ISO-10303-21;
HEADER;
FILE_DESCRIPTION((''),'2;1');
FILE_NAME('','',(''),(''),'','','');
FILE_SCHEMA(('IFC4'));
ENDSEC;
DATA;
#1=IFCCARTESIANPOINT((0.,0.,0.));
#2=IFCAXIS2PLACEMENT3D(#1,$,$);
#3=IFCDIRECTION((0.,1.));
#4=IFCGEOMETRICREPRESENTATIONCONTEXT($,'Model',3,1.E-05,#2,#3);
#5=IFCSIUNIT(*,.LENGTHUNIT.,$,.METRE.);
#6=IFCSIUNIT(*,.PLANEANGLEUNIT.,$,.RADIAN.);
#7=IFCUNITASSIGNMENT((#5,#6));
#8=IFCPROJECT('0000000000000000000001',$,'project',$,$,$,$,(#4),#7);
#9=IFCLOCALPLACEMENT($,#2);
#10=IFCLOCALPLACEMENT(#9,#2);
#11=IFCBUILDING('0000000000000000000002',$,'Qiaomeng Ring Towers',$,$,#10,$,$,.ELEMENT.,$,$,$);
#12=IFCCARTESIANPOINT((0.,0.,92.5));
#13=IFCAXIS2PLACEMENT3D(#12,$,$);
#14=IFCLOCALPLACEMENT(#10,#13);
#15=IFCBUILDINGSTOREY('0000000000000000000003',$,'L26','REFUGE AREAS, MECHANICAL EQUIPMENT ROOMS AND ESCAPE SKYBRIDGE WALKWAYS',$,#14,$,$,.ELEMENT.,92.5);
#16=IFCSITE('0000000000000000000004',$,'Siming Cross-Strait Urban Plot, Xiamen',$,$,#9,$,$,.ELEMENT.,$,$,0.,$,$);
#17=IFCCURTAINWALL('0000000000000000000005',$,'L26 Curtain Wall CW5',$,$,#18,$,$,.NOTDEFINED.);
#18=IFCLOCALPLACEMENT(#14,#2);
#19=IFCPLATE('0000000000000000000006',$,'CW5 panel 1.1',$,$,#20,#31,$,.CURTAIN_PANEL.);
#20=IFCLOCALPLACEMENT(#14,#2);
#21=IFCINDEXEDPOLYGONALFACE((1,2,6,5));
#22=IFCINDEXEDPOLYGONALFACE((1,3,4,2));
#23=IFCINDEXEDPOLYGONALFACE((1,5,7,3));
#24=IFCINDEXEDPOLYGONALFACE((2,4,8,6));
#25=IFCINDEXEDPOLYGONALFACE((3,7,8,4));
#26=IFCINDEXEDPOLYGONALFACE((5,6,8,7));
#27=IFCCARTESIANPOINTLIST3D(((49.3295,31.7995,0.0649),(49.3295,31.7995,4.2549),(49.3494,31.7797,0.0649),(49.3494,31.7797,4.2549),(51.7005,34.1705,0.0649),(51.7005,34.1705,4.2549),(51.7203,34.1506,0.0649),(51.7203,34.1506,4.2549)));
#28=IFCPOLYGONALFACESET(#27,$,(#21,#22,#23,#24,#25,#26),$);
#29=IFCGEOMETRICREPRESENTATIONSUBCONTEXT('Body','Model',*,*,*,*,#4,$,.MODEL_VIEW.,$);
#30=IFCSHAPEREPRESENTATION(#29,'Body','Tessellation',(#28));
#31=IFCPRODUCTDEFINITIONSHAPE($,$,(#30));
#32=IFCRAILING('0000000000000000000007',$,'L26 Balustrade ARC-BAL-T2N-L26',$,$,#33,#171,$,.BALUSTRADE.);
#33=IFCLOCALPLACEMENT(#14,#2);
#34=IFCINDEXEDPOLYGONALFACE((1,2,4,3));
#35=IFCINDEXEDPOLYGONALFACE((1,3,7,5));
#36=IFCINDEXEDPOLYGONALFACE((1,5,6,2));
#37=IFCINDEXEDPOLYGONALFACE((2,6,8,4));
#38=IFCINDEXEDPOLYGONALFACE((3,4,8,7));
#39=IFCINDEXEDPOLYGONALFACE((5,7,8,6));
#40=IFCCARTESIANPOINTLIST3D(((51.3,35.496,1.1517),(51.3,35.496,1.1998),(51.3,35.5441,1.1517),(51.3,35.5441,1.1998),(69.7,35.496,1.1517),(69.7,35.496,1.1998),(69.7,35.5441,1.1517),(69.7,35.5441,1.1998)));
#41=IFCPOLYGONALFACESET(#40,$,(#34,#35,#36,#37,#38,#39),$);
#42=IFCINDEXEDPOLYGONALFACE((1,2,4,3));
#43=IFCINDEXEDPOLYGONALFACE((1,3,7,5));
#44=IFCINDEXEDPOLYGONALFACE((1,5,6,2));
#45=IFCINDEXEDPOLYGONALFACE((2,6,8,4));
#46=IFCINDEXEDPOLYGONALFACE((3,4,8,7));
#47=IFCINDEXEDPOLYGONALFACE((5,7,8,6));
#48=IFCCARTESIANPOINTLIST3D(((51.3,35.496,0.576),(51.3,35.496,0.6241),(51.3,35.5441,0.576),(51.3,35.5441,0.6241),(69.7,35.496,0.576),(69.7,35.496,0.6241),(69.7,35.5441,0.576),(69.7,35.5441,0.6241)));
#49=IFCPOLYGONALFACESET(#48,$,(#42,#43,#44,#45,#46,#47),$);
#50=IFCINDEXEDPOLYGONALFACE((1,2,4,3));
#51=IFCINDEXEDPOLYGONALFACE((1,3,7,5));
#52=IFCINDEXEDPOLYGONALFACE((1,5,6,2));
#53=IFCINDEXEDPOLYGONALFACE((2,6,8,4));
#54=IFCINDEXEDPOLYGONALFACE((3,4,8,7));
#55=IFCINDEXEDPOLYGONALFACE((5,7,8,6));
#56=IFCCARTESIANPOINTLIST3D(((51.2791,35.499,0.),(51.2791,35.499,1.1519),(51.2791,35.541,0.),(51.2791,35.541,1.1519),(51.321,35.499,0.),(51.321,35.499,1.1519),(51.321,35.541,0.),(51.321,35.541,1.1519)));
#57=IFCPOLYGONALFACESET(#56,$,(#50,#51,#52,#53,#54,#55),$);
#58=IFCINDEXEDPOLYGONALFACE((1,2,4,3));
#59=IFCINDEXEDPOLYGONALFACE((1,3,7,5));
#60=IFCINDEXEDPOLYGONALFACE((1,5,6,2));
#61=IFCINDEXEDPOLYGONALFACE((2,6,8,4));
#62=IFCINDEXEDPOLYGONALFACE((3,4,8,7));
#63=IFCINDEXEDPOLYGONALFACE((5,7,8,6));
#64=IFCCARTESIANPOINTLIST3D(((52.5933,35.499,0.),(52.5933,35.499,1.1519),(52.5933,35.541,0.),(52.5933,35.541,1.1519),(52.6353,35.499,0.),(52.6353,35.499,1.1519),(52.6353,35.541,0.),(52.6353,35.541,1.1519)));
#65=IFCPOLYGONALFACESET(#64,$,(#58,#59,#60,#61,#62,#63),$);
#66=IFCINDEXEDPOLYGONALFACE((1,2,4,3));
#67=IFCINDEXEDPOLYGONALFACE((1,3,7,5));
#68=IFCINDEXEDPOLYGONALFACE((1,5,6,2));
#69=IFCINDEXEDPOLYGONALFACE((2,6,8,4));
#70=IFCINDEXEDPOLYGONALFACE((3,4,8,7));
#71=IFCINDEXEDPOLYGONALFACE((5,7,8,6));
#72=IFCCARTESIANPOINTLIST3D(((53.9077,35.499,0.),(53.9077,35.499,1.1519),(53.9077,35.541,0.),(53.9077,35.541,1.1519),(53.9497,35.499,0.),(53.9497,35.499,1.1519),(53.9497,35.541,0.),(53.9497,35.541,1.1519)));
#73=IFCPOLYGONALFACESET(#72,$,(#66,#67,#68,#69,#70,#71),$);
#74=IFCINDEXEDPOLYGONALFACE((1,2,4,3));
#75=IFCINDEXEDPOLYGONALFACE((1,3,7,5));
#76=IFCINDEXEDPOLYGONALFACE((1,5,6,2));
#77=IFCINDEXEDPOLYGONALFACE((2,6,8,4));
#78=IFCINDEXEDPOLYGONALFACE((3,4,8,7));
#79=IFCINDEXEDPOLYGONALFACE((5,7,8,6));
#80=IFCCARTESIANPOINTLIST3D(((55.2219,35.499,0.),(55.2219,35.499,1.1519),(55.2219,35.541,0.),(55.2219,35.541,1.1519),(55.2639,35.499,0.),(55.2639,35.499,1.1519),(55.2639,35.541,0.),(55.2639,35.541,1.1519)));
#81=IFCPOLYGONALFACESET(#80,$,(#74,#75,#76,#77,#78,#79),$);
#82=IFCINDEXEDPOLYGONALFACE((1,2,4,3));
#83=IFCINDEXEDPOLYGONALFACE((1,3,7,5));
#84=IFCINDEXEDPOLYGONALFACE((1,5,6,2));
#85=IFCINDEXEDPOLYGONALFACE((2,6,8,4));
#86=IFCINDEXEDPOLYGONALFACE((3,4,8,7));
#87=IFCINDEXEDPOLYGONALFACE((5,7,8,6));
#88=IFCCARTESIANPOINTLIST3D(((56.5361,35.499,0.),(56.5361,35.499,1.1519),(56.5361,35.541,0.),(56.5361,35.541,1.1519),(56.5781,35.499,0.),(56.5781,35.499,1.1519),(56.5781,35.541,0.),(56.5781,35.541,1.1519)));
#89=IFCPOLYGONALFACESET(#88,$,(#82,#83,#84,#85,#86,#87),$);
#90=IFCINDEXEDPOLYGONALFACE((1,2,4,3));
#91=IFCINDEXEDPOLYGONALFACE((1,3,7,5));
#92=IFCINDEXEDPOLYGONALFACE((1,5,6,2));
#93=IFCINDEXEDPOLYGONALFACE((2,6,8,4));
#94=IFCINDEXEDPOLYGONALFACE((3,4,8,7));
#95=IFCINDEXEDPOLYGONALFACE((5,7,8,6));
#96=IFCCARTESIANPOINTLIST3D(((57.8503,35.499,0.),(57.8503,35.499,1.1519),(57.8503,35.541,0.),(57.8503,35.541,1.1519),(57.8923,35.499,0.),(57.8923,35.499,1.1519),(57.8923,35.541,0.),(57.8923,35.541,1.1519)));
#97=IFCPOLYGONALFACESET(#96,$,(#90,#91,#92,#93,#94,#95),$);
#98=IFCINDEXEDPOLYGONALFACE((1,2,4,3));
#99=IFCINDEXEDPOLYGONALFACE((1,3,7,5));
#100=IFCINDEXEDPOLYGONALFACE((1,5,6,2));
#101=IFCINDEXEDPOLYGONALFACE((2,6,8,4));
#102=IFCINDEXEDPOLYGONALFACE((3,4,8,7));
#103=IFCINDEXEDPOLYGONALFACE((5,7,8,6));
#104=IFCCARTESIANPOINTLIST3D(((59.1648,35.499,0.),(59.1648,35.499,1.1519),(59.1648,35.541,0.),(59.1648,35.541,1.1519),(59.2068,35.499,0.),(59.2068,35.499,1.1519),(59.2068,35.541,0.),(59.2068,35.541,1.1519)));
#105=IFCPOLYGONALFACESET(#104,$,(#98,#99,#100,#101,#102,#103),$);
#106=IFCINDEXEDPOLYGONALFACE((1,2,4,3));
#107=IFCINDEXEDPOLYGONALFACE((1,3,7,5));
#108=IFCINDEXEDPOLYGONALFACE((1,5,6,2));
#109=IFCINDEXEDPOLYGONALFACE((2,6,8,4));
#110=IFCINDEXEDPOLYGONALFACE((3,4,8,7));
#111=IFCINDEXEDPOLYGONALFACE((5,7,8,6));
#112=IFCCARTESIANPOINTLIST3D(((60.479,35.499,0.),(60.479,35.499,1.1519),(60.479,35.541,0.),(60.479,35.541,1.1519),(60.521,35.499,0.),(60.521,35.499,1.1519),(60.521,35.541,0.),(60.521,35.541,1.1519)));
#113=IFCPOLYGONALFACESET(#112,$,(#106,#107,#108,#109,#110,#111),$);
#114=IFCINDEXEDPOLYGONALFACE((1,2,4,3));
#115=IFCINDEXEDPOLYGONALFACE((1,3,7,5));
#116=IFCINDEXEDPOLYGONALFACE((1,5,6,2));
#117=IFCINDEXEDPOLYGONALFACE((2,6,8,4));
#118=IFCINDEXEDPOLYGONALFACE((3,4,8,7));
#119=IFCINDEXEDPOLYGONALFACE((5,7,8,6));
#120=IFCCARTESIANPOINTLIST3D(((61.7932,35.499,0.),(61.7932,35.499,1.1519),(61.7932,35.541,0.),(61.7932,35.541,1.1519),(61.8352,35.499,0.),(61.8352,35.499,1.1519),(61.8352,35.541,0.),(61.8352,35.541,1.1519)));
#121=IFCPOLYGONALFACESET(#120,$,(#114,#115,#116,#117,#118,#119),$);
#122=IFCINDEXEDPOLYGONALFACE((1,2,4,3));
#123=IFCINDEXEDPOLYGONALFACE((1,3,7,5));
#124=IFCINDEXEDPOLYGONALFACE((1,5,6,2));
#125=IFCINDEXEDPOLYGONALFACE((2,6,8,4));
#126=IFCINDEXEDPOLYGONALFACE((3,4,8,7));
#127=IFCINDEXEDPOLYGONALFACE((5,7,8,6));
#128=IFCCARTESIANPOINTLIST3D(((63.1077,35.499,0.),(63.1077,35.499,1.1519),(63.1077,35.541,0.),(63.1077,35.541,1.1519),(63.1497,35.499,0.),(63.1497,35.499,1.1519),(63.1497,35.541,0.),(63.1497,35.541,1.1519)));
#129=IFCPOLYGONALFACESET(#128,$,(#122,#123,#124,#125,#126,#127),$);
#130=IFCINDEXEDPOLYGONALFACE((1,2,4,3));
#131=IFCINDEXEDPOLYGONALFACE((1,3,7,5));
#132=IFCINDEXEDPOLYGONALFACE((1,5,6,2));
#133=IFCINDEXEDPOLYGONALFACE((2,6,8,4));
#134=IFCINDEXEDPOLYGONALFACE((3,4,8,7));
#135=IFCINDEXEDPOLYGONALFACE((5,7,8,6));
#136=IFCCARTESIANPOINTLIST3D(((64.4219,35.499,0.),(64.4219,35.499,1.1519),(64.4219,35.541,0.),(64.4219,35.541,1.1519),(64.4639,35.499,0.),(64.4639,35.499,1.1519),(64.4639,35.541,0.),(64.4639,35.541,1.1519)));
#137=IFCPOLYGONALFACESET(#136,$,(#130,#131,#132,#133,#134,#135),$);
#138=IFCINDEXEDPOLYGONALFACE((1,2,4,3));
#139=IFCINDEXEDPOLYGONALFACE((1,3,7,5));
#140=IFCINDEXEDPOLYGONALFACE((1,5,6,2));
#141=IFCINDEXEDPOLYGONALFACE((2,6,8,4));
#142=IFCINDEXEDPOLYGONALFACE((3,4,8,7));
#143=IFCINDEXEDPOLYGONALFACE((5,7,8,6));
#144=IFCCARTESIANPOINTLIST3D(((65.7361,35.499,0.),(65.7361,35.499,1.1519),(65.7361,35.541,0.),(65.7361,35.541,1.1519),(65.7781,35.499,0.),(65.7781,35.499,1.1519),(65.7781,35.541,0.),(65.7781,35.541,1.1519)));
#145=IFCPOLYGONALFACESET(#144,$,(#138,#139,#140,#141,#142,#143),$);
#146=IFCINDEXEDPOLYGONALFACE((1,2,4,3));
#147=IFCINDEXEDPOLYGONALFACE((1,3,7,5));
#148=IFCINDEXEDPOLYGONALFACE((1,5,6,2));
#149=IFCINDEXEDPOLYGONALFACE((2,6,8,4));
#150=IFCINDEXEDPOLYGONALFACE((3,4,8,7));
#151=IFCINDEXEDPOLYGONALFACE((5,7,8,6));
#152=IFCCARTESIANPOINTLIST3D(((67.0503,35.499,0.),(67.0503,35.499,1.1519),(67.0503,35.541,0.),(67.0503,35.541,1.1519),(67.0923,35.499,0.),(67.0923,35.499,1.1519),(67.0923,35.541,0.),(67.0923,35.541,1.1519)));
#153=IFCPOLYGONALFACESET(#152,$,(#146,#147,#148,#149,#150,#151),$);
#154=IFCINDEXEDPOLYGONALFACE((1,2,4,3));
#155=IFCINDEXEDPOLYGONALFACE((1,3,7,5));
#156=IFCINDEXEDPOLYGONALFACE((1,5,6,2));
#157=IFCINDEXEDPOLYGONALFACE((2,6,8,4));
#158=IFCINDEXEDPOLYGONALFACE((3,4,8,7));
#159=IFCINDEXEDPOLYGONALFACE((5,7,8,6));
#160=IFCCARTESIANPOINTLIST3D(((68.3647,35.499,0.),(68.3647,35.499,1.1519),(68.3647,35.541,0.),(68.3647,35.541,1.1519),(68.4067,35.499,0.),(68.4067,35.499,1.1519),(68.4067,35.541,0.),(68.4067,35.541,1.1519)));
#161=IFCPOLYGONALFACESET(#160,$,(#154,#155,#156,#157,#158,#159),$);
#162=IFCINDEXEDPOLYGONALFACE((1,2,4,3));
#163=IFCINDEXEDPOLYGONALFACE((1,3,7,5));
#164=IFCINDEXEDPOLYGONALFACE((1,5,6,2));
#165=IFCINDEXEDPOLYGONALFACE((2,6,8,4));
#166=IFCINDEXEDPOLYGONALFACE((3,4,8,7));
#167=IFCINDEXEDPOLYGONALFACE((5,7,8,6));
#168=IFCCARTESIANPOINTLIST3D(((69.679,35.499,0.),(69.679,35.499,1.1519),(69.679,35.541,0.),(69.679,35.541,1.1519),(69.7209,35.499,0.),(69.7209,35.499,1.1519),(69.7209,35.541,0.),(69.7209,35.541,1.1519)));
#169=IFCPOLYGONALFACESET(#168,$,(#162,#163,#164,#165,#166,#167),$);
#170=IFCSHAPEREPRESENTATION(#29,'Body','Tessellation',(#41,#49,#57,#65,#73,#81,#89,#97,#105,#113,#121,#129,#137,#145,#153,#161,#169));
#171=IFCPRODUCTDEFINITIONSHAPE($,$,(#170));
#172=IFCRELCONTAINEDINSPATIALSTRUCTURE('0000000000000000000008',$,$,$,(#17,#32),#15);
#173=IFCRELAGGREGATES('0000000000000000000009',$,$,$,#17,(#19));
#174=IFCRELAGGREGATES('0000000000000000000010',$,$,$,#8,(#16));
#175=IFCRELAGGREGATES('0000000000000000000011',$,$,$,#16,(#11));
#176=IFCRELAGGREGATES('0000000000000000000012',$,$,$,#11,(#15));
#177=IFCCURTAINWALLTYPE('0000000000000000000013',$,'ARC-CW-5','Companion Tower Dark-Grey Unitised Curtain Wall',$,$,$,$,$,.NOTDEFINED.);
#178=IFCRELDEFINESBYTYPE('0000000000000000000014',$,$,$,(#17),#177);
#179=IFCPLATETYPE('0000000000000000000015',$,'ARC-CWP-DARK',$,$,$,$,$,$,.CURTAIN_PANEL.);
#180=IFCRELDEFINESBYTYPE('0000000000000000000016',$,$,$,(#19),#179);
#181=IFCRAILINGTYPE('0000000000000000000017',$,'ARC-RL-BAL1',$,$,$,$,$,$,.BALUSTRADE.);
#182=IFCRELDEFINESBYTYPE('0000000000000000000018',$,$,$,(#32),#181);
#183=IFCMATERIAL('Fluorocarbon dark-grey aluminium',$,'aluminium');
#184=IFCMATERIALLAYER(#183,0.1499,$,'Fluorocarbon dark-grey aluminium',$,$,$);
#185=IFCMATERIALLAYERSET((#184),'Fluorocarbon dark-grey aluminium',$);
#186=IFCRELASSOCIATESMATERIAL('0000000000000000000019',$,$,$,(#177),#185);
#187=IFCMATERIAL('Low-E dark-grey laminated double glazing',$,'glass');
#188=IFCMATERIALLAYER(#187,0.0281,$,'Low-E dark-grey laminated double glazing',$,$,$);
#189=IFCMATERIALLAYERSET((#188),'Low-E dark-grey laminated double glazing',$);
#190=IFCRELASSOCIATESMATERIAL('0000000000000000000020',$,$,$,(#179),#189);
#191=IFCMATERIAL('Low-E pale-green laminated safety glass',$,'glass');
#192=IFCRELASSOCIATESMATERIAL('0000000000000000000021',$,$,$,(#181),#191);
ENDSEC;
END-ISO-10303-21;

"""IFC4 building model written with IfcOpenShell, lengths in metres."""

from ifc_helpers import new_model, si_unit, direction, frame, origin, origin_2d, place, context, subcontext, project, spatial, rectangle, extrude, source, transform, mapped, material, layer, layer_set, type_object, element, aggregate, save


model = new_model("IFC4")

# Units and contexts
model_context = context("Model", 3, precision=1e-05, world=origin(), true_north=direction((0.0, 1.0)))
body_context = subcontext(model_context, "Body", "Model", "MODEL_VIEW")
ifc_project = project(units=[si_unit("LENGTHUNIT", "METRE"), si_unit("PLANEANGLEUNIT", "RADIAN")], contexts=[model_context])

# Site, building, storey
site_placement = place(None, origin())
site = spatial("IfcSite", under=ifc_project, at=site_placement, Name="Siming Cross-Strait Urban Plot, Xiamen", CompositionType="ELEMENT", RefElevation=0.0)
building_placement = place(site_placement, origin())
building = spatial("IfcBuilding", under=site, at=building_placement, Name="Qiaomeng Ring Towers", CompositionType="ELEMENT")
storey_placement = place(building_placement, frame((0.0, 0.0, 92.5)))
storey = spatial("IfcBuildingStorey", under=building, at=storey_placement, Name="L26", Description="REFUGE AREAS, MECHANICAL EQUIPMENT ROOMS AND ESCAPE SKYBRIDGE WALKWAYS", CompositionType="ELEMENT", Elevation=92.5)

# Curtain wall
ifc_material_1 = material(Name="Fluorocarbon dark-grey aluminium", Category="aluminium")
ifc_layer_1 = layer(ifc_material_1, 0.1499, Name="Fluorocarbon dark-grey aluminium")
ifc_layer_set_1 = layer_set([ifc_layer_1], Name="Fluorocarbon dark-grey aluminium")
curtain_wall_type = type_object("IfcCurtainWallType", Name="ARC-CW-5", Description="Companion Tower Dark-Grey Unitised Curtain Wall", PredefinedType="NOTDEFINED", material=ifc_layer_set_1)
curtain_wall_placement = place(storey_placement, origin())
curtain_wall = element("IfcCurtainWall", 1, at=curtain_wall_placement, inside=storey, type_object=curtain_wall_type, Name="L26 Curtain Wall CW5", PredefinedType="NOTDEFINED")

# Plate
ifc_material_2 = material(Name="Low-E dark-grey laminated double glazing", Category="glass")
ifc_layer_2 = layer(ifc_material_2, 0.0281, Name="Low-E dark-grey laminated double glazing")
ifc_layer_set_2 = layer_set([ifc_layer_2], Name="Low-E dark-grey laminated double glazing")
plate_type_1 = type_object("IfcPlateType", Name="ARC-CWP-DARK", PredefinedType="CURTAIN_PANEL", material=ifc_layer_set_2)
shared_shape_1 = source(origin(), body_context, "Body", "SweptSolid", [
    extrude(rectangle(XDim=3.353, YDim=0.0281, at=origin_2d()), origin(), (0.0, 0.0, 1.0), 4.1899),
])
plate_1_placement = place(storey_placement, frame((50.5249, 32.9751, 0.0649), z_axis=(0.0, 0.0, 1.0), x_axis=(-0.707107, -0.707107, 0.0)))
plate_1 = element("IfcPlate", 2, at=plate_1_placement, type_object=plate_type_1, Name="CW5 panel 1.1", PredefinedType="CURTAIN_PANEL", context=body_context, shape_type="MappedRepresentation", body=[
    mapped(shared_shape_1, transform((0.0, 0.0, 0.0), x_axis=(1.0, 0.0, 0.0), y_axis=(0.0, 1.0, 0.0), z_axis=(0.0, 0.0, 1.0), scale=1.0)),
])
aggregate(curtain_wall, [plate_1])

# Railing
ifc_material_3 = material(Name="Low-E pale-green laminated safety glass", Category="glass")
railing_type_1 = type_object("IfcRailingType", Name="ARC-RL-BAL1", PredefinedType="BALUSTRADE", material=ifc_material_3)
railing_1_placement = place(storey_placement, frame((51.3, 35.52, 0.0)))
element("IfcRailing", 3, at=railing_1_placement, inside=storey, type_object=railing_type_1, Name="L26 Balustrade ARC-BAL-T2N-L26", PredefinedType="BALUSTRADE", context=body_context, shape_type="SweptSolid", body=[
    extrude(rectangle(XDim=0.0481, YDim=0.0481, at=origin_2d()), frame((0.0, 0.0, 1.1758), z_axis=(1.0, 0.0, 0.0), x_axis=(0.0, 1.0, 0.0)), (0.0, 0.0, 1.0), 18.3999),
    extrude(rectangle(XDim=0.0481, YDim=0.0481, at=origin_2d()), frame((0.0, 0.0, 0.6001), z_axis=(1.0, 0.0, 0.0), x_axis=(0.0, 1.0, 0.0)), (0.0, 0.0, 1.0), 18.3999),
    extrude(rectangle(XDim=0.042, YDim=0.042, at=origin_2d()), origin(), (0.0, 0.0, 1.0), 1.1519),
    extrude(rectangle(XDim=0.042, YDim=0.042, at=origin_2d()), frame((1.3142, 0.0, 0.0)), (0.0, 0.0, 1.0), 1.1519),
    extrude(rectangle(XDim=0.042, YDim=0.042, at=origin_2d()), frame((2.6287, 0.0, 0.0)), (0.0, 0.0, 1.0), 1.1519),
    extrude(rectangle(XDim=0.042, YDim=0.042, at=origin_2d()), frame((3.9429, 0.0, 0.0)), (0.0, 0.0, 1.0), 1.1519),
    extrude(rectangle(XDim=0.042, YDim=0.042, at=origin_2d()), frame((5.2571, 0.0, 0.0)), (0.0, 0.0, 1.0), 1.1519),
    extrude(rectangle(XDim=0.042, YDim=0.042, at=origin_2d()), frame((6.5713, 0.0, 0.0)), (0.0, 0.0, 1.0), 1.1519),
    extrude(rectangle(XDim=0.042, YDim=0.042, at=origin_2d()), frame((7.8857, 0.0, 0.0)), (0.0, 0.0, 1.0), 1.1519),
    extrude(rectangle(XDim=0.042, YDim=0.042, at=origin_2d()), frame((9.2, 0.0, 0.0)), (0.0, 0.0, 1.0), 1.1519),
    extrude(rectangle(XDim=0.042, YDim=0.042, at=origin_2d()), frame((10.5142, 0.0, 0.0)), (0.0, 0.0, 1.0), 1.1519),
    extrude(rectangle(XDim=0.042, YDim=0.042, at=origin_2d()), frame((11.8286, 0.0, 0.0)), (0.0, 0.0, 1.0), 1.1519),
    extrude(rectangle(XDim=0.042, YDim=0.042, at=origin_2d()), frame((13.1428, 0.0, 0.0)), (0.0, 0.0, 1.0), 1.1519),
    extrude(rectangle(XDim=0.042, YDim=0.042, at=origin_2d()), frame((14.457, 0.0, 0.0)), (0.0, 0.0, 1.0), 1.1519),
    extrude(rectangle(XDim=0.042, YDim=0.042, at=origin_2d()), frame((15.7712, 0.0, 0.0)), (0.0, 0.0, 1.0), 1.1519),
    extrude(rectangle(XDim=0.042, YDim=0.042, at=origin_2d()), frame((17.0857, 0.0, 0.0)), (0.0, 0.0, 1.0), 1.1519),
    extrude(rectangle(XDim=0.042, YDim=0.042, at=origin_2d()), frame((18.3999, 0.0, 0.0)), (0.0, 0.0, 1.0), 1.1519),
])

save(model, "model.ifc")
